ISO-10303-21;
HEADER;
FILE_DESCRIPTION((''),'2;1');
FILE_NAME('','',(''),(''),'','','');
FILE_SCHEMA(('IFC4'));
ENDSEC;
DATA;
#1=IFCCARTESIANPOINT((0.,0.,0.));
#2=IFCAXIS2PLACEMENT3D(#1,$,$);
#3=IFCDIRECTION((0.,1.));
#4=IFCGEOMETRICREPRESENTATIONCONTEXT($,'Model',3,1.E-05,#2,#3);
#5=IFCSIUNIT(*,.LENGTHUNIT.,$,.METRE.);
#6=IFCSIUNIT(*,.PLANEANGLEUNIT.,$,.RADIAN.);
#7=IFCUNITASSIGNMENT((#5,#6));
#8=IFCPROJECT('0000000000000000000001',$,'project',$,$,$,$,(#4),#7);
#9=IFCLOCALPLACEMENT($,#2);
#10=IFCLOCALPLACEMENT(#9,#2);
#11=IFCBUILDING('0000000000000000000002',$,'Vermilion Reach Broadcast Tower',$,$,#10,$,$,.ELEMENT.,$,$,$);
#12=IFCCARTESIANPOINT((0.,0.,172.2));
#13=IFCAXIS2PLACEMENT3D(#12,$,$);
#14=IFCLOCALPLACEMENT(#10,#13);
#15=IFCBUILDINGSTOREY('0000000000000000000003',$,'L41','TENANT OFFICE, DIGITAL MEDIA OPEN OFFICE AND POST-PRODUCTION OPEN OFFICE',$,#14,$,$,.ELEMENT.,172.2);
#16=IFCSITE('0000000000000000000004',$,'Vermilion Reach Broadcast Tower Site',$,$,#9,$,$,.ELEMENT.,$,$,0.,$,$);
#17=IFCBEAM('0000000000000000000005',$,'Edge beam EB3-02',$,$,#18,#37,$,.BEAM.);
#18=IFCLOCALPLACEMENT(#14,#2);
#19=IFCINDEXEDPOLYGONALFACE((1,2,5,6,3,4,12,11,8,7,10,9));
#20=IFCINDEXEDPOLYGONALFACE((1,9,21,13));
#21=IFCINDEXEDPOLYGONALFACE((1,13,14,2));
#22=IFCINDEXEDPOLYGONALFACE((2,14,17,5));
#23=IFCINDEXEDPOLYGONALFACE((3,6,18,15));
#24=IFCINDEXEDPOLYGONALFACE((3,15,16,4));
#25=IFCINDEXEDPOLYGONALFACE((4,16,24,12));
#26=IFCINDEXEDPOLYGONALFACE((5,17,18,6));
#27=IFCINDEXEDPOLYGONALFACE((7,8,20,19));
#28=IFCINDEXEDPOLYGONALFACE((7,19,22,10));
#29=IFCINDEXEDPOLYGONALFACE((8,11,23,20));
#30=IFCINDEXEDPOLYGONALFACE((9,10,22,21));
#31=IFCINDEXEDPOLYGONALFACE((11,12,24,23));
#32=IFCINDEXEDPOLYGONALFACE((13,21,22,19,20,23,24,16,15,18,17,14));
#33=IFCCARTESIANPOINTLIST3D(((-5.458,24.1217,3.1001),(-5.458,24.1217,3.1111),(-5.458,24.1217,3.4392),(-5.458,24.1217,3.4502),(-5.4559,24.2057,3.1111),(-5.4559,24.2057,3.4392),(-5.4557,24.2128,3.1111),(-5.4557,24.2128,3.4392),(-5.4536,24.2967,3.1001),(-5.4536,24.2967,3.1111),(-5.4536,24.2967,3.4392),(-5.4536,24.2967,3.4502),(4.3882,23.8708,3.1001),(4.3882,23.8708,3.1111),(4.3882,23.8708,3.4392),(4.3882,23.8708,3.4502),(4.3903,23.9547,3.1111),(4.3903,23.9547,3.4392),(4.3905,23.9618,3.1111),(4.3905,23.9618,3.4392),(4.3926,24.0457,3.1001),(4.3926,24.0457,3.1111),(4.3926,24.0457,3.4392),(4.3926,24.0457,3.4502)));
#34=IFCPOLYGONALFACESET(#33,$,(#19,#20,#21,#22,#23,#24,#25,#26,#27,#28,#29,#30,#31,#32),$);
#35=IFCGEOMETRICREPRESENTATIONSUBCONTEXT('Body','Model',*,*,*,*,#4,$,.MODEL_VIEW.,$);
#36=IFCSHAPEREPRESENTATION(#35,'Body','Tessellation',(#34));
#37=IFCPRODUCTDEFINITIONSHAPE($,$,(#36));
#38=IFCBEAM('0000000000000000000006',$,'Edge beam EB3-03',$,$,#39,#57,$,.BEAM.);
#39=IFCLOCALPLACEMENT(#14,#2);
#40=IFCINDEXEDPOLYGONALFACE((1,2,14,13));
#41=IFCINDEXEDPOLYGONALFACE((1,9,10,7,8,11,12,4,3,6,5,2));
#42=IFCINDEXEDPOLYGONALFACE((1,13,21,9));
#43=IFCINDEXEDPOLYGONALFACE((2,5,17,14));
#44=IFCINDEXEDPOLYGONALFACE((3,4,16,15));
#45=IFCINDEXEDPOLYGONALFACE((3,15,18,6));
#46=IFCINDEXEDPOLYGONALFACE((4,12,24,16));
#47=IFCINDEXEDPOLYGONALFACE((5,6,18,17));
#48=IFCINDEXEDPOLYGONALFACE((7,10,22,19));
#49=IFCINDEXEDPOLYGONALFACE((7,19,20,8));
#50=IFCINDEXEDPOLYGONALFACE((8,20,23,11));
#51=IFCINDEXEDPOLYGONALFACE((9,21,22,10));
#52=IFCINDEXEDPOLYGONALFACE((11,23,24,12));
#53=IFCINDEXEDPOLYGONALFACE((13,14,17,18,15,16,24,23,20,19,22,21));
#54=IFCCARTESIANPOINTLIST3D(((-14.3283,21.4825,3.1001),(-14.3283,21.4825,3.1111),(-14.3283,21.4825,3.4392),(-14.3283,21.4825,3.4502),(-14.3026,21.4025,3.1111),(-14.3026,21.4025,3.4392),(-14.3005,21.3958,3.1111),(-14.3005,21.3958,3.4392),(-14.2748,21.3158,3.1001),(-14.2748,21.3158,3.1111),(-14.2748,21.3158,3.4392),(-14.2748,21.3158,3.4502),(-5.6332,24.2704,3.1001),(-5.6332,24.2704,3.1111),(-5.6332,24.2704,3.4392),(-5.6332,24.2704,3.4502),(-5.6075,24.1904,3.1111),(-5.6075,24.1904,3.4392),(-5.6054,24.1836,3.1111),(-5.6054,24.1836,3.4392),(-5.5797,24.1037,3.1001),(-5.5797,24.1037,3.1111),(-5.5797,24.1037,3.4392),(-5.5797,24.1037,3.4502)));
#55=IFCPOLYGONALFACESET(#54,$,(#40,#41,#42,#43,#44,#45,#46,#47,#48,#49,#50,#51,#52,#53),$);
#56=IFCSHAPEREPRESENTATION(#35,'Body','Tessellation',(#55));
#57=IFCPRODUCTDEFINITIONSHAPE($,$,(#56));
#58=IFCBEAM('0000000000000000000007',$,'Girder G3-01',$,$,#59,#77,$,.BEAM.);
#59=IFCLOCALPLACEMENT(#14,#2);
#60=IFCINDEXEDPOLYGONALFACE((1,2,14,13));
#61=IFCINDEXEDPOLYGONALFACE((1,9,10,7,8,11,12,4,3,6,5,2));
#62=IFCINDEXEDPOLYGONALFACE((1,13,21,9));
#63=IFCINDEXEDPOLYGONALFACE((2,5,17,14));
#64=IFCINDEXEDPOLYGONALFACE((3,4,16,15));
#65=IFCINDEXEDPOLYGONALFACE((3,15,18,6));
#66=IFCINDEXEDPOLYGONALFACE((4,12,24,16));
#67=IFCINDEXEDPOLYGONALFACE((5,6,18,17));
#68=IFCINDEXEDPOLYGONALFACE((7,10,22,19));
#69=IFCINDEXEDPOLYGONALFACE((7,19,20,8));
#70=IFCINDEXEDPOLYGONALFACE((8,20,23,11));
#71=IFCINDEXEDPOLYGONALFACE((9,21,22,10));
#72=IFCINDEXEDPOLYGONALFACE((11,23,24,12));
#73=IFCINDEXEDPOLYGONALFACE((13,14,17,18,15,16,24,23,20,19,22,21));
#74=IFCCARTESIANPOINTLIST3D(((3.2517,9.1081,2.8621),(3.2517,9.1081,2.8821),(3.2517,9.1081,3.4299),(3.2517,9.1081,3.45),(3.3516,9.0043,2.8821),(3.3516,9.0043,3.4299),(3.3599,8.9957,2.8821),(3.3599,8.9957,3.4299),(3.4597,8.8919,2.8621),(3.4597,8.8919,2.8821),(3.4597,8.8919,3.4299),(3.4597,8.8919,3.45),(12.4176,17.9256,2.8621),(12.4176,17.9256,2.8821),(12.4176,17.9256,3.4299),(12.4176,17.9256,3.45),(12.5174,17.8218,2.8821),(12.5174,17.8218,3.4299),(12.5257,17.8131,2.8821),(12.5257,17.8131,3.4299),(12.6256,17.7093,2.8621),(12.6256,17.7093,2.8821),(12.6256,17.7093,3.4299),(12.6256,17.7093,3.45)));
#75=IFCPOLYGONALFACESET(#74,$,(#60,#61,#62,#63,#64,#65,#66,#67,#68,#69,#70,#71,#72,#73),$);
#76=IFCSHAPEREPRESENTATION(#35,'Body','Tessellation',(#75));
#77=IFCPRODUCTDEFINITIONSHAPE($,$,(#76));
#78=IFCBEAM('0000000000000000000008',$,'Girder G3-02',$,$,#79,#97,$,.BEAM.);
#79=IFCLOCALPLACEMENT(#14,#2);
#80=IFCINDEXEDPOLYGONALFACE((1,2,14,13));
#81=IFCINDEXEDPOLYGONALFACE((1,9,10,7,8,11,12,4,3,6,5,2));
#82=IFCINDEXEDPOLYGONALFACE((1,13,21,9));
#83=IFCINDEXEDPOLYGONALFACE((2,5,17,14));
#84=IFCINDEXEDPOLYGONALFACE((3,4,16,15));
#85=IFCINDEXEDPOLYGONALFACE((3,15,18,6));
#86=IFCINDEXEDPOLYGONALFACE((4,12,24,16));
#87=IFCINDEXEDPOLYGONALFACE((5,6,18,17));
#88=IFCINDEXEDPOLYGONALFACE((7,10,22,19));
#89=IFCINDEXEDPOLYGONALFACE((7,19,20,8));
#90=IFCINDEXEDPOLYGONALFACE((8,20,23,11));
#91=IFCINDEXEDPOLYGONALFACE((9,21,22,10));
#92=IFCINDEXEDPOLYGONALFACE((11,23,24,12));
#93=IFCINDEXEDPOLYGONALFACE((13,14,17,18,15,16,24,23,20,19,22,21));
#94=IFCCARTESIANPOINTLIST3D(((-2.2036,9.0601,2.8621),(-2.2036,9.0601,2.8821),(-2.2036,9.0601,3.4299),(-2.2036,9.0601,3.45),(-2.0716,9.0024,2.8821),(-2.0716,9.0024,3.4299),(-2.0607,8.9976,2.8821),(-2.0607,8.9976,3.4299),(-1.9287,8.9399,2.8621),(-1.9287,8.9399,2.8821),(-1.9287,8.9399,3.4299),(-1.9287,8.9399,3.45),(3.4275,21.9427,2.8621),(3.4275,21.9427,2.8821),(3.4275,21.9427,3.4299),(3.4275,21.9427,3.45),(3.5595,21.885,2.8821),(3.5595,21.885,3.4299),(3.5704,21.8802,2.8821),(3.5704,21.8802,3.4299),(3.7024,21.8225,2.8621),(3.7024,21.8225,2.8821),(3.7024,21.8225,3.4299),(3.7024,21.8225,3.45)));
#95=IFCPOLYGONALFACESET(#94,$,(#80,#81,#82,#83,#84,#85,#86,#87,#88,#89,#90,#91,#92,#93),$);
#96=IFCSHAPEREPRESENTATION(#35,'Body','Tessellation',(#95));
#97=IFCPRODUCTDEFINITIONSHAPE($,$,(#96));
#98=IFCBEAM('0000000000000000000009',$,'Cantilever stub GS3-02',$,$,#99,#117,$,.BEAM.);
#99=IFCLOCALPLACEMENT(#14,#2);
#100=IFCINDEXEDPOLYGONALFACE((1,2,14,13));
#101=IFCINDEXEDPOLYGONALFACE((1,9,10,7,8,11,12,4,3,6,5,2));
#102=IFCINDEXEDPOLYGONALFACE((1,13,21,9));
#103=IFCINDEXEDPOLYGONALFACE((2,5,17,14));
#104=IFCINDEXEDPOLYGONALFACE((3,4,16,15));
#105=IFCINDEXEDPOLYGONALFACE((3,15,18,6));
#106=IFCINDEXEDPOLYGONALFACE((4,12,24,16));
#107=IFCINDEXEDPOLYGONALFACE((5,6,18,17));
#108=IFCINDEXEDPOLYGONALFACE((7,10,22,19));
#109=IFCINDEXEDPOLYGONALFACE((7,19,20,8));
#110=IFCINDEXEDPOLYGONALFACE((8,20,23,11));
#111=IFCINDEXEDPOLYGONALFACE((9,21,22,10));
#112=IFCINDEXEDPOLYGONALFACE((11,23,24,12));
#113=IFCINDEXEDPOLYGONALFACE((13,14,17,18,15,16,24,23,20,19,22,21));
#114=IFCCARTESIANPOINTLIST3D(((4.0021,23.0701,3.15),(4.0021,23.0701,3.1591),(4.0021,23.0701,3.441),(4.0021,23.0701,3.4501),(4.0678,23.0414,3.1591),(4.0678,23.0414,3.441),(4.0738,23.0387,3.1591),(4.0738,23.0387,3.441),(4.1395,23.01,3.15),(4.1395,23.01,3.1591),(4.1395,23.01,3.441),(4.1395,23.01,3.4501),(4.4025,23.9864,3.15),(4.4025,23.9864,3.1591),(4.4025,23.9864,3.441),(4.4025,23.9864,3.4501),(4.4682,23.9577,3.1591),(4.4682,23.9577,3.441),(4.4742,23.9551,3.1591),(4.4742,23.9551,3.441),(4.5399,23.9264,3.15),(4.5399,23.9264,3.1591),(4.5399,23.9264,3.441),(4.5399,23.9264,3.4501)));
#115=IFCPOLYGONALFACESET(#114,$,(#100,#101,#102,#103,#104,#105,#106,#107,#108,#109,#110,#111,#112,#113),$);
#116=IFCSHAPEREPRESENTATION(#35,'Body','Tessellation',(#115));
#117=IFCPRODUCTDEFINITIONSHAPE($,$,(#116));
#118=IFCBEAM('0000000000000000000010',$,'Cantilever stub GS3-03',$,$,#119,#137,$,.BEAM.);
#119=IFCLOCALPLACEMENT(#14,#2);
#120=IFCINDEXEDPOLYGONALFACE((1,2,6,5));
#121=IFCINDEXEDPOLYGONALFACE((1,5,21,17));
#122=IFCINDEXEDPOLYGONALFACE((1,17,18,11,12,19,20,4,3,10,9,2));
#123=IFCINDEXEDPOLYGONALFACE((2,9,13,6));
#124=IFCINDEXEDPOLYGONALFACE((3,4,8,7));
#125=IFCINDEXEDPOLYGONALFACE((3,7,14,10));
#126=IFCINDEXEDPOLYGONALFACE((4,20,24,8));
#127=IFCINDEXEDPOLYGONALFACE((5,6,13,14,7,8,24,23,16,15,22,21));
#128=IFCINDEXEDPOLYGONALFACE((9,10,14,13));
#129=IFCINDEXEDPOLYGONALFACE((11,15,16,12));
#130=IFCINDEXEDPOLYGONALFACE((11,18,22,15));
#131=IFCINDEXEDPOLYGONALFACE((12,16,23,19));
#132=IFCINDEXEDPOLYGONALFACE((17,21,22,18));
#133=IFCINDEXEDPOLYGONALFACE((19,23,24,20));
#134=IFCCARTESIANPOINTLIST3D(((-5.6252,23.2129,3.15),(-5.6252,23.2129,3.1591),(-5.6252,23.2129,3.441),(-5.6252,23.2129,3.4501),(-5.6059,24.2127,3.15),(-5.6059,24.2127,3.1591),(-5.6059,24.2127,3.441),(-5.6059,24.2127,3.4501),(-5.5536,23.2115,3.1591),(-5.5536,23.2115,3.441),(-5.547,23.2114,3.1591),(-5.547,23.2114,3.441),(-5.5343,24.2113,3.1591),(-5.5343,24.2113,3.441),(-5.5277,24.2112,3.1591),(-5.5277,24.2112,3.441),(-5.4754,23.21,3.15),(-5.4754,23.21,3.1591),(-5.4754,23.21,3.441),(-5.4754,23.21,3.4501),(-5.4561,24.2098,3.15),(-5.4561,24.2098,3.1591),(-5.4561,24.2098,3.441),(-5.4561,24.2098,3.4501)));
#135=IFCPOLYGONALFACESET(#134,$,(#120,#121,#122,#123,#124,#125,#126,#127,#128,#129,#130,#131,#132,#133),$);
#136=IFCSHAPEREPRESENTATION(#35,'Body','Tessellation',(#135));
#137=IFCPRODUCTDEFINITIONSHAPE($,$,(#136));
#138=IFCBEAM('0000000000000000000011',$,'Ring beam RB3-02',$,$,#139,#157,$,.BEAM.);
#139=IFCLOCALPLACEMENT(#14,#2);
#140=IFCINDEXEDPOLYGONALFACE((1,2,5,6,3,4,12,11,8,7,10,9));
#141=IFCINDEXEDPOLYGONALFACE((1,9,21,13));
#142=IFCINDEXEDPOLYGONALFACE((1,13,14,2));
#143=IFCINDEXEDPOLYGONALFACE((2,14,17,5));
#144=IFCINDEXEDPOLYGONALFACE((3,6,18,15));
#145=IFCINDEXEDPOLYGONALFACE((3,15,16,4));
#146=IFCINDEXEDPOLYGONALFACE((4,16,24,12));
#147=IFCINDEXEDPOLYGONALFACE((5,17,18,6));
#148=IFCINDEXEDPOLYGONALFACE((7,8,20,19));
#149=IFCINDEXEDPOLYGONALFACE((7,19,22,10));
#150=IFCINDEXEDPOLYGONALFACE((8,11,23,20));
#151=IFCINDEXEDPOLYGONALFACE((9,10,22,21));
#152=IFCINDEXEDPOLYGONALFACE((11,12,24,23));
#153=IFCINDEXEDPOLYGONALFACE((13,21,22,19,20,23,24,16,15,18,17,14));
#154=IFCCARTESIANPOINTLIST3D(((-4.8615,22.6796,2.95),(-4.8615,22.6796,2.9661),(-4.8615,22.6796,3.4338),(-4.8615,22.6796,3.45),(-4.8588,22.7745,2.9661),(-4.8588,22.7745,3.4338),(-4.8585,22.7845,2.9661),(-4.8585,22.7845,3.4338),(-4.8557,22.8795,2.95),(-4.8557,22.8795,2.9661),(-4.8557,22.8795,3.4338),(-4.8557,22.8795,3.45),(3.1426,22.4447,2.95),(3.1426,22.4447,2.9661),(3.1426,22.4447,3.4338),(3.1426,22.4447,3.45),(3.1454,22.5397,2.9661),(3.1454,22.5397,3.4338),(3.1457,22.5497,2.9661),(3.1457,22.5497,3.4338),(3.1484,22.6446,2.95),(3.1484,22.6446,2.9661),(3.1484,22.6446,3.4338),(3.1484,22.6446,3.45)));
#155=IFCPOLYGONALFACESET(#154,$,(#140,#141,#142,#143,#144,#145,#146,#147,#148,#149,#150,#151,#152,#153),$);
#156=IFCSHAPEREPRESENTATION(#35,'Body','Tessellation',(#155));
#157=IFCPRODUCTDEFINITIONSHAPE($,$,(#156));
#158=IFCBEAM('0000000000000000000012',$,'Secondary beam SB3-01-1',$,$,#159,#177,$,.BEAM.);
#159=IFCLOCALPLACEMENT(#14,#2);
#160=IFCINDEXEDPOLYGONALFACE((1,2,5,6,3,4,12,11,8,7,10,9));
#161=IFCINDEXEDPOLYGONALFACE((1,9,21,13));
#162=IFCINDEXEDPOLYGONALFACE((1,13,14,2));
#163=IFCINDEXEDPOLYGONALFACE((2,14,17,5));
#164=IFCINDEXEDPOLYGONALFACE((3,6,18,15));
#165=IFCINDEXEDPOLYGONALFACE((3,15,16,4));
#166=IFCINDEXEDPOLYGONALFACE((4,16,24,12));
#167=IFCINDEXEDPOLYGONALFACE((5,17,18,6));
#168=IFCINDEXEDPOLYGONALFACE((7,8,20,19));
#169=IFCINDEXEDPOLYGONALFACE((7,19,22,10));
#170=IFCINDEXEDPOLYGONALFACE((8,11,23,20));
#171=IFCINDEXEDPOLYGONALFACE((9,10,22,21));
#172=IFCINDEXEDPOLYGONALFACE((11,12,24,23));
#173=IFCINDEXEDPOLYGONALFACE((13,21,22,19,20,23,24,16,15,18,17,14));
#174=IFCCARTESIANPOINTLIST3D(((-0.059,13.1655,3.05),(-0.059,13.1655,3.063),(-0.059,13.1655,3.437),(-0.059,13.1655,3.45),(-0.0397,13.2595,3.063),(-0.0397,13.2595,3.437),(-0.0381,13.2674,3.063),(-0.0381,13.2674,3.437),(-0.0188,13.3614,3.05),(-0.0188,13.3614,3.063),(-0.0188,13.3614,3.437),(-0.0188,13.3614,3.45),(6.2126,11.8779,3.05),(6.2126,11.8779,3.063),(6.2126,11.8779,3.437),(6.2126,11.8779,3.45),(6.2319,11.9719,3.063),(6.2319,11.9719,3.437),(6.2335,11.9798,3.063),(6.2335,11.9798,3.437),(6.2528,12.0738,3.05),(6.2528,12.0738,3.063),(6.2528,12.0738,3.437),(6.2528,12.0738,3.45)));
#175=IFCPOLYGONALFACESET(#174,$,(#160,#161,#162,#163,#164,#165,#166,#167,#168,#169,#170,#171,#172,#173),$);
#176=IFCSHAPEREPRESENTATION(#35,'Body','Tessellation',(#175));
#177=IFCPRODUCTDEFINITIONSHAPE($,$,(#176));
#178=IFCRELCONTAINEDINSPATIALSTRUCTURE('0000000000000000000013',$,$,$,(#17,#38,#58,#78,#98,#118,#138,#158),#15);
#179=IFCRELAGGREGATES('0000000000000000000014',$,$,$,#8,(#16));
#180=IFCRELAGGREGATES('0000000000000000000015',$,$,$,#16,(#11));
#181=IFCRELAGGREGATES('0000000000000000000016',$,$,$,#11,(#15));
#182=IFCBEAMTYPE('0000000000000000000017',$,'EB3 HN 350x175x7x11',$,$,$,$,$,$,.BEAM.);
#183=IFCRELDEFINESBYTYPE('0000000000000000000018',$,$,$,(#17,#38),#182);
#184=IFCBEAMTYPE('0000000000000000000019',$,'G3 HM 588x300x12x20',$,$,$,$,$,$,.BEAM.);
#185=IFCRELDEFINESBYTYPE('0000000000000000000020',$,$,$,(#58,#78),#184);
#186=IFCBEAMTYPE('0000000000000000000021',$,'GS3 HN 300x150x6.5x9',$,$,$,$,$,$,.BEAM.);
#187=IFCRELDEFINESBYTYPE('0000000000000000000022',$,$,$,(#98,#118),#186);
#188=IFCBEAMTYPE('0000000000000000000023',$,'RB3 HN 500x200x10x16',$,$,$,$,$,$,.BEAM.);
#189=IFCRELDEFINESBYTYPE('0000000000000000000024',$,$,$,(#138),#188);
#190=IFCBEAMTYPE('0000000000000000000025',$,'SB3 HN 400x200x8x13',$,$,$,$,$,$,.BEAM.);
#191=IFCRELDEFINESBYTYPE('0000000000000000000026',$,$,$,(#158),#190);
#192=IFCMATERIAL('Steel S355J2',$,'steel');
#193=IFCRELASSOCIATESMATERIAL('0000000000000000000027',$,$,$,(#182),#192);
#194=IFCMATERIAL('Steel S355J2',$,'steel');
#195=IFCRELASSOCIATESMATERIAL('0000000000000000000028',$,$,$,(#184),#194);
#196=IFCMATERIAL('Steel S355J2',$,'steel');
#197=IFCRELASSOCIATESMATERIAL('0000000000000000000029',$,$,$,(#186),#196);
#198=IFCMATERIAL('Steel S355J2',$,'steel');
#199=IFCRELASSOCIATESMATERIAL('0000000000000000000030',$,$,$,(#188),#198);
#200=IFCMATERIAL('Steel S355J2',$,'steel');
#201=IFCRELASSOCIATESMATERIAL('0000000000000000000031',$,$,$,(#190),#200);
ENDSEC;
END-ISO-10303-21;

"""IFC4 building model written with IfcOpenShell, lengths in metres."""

from ifc_helpers import new_model, si_unit, direction, frame, origin, origin_2d, place, context, subcontext, project, spatial, i_section, extrude, material, material_profile, profile_set, type_object, element, save


model = new_model("IFC4")

# Units and contexts
model_context = context("Model", 3, precision=1e-05, world=origin(), true_north=direction((0.0, 1.0)))
body_context = subcontext(model_context, "Body", "Model", "MODEL_VIEW")
ifc_project = project(units=[si_unit("LENGTHUNIT", "METRE"), si_unit("PLANEANGLEUNIT", "RADIAN")], contexts=[model_context])

# Site, building, storey
site_placement = place(None, origin())
site = spatial("IfcSite", under=ifc_project, at=site_placement, Name="Vermilion Reach Broadcast Tower Site", CompositionType="ELEMENT", RefElevation=0.0)
building_placement = place(site_placement, origin())
building = spatial("IfcBuilding", under=site, at=building_placement, Name="Vermilion Reach Broadcast Tower", CompositionType="ELEMENT")
storey_placement = place(building_placement, frame((0.0, 0.0, 172.2)))
storey = spatial("IfcBuildingStorey", under=building, at=storey_placement, Name="L41", Description="TENANT OFFICE, DIGITAL MEDIA OPEN OFFICE AND POST-PRODUCTION OPEN OFFICE", CompositionType="ELEMENT", Elevation=172.2)

# Beams
ifc_material_1 = material(Name="Steel S355J2", Category="steel")
ifc_material_profile_1 = material_profile(ifc_material_1, i_section(OverallWidth=0.175, OverallDepth=0.3501, WebThickness=0.0071, FlangeThickness=0.011, at=origin_2d()), Name="S355J2 HN 350x175x7x11")
ifc_profile_set_1 = profile_set([ifc_material_profile_1], Name="Steel S355J2")
beam_type_1 = type_object("IfcBeamType", Name="EB3 HN 350x175x7x11", PredefinedType="BEAM", material=ifc_profile_set_1)
beam_1_placement = place(storey_placement, frame((4.3904, 23.9583, 3.2751), z_axis=(-0.999675, 0.025481, 0.0), x_axis=(-0.025481, -0.999675, 0.0)))
element("IfcBeam", 1, at=beam_1_placement, inside=storey, type_object=beam_type_1, Name="Edge beam EB3-02", PredefinedType="BEAM", context=body_context, shape_type="SweptSolid", body=[
    extrude(i_section(OverallWidth=0.175, OverallDepth=0.3501, WebThickness=0.0071, FlangeThickness=0.011, at=origin_2d()), origin(), (0.0, 0.0, 1.0), 9.8494),
])
beam_2_placement = place(storey_placement, frame((-5.6064, 24.187, 3.2751), z_axis=(-0.952252, -0.305314, 0.0), x_axis=(0.305314, -0.952252, 0.0)))
element("IfcBeam", 2, at=beam_2_placement, inside=storey, type_object=beam_type_1, Name="Edge beam EB3-03", PredefinedType="BEAM", context=body_context, shape_type="SweptSolid", body=[
    extrude(i_section(OverallWidth=0.175, OverallDepth=0.3501, WebThickness=0.0071, FlangeThickness=0.011, at=origin_2d()), origin(), (0.0, 0.0, 1.0), 9.1311),
])
ifc_material_2 = material(Name="Steel S355J2", Category="steel")
ifc_material_profile_2 = material_profile(ifc_material_2, i_section(OverallWidth=0.3, OverallDepth=0.5879, WebThickness=0.012, FlangeThickness=0.02, at=origin_2d()), Name="S355J2 HM 588x300x12x20")
ifc_profile_set_2 = profile_set([ifc_material_profile_2], Name="Steel S355J2")
beam_type_2 = type_object("IfcBeamType", Name="G3 HM 588x300x12x20", PredefinedType="BEAM", material=ifc_profile_set_2)
beam_3_placement = place(storey_placement, frame((3.3557, 9.0, 3.156), z_axis=(0.72067, 0.693278, 0.0), x_axis=(-0.693278, 0.72067, 0.0)))
element("IfcBeam", 3, at=beam_3_placement, inside=storey, type_object=beam_type_2, Name="Girder G3-01", PredefinedType="BEAM", context=body_context, shape_type="SweptSolid", body=[
    extrude(i_section(OverallWidth=0.3, OverallDepth=0.5879, WebThickness=0.012, FlangeThickness=0.02, at=origin_2d()), origin(), (0.0, 0.0, 1.0), 12.7185),
])
beam_4_placement = place(storey_placement, frame((-2.0662, 9.0, 3.156), z_axis=(0.400519, 0.916288, 0.0), x_axis=(-0.916288, 0.400519, 0.0)))
element("IfcBeam", 4, at=beam_4_placement, inside=storey, type_object=beam_type_2, Name="Girder G3-02", PredefinedType="BEAM", context=body_context, shape_type="SweptSolid", body=[
    extrude(i_section(OverallWidth=0.3, OverallDepth=0.5879, WebThickness=0.012, FlangeThickness=0.02, at=origin_2d()), origin(), (0.0, 0.0, 1.0), 14.0596),
])
ifc_material_3 = material(Name="Steel S355J2", Category="steel")
ifc_material_profile_3 = material_profile(ifc_material_3, i_section(OverallWidth=0.1499, OverallDepth=0.3, WebThickness=0.0066, FlangeThickness=0.009, at=origin_2d()), Name="S355J2 HN 300x150x6.5x9")
ifc_profile_set_3 = profile_set([ifc_material_profile_3], Name="Steel S355J2")
beam_type_3 = type_object("IfcBeamType", Name="GS3 HN 300x150x6.5x9", PredefinedType="BEAM", material=ifc_profile_set_3)
for number, where, z_axis, x_axis, name in (
    (5, (4.0708, 23.04, 3.3), (0.400422, 0.916331, 0.0), (-0.916331, 0.400422, 0.0), "Cantilever stub GS3-02"),
    (6, (-5.5503, 23.2114, 3.3), (0.019288, 0.999814, 0.0), (-0.999814, 0.019288, 0.0), "Cantilever stub GS3-03"),
):
    element("IfcBeam", number, at=place(storey_placement, frame(where, z_axis=z_axis, x_axis=x_axis)), inside=storey, type_object=beam_type_3, Name=name, PredefinedType="BEAM", context=body_context, shape_type="SweptSolid", body=[
        extrude(i_section(OverallWidth=0.1499, OverallDepth=0.3, WebThickness=0.0066, FlangeThickness=0.009, at=origin_2d()), origin(), (0.0, 0.0, 1.0), 1.0),
    ])
ifc_material_4 = material(Name="Steel S355J2", Category="steel")
ifc_material_profile_4 = material_profile(ifc_material_4, i_section(OverallWidth=0.2, OverallDepth=0.5, WebThickness=0.01, FlangeThickness=0.0161, at=origin_2d()), Name="S355J2 HN 500x200x10x16")
ifc_profile_set_4 = profile_set([ifc_material_profile_4], Name="Steel S355J2")
beam_type_4 = type_object("IfcBeamType", Name="RB3 HN 500x200x10x16", PredefinedType="BEAM", material=ifc_profile_set_4)
beam_5_placement = place(storey_placement, frame((3.1455, 22.5447, 3.2), z_axis=(-0.99957, 0.02933, 0.0), x_axis=(-0.02933, -0.99957, 0.0)))
element("IfcBeam", 7, at=beam_5_placement, inside=storey, type_object=beam_type_4, Name="Ring beam RB3-02", PredefinedType="BEAM", context=body_context, shape_type="SweptSolid", body=[
    extrude(i_section(OverallWidth=0.2, OverallDepth=0.5, WebThickness=0.01, FlangeThickness=0.0161, at=origin_2d()), origin(), (0.0, 0.0, 1.0), 8.0076),
])
ifc_material_5 = material(Name="Steel S355J2", Category="steel")
ifc_material_profile_5 = material_profile(ifc_material_5, i_section(OverallWidth=0.2, OverallDepth=0.3999, WebThickness=0.0081, FlangeThickness=0.0129, at=origin_2d()), Name="S355J2 HN 400x200x8x13")
ifc_profile_set_5 = profile_set([ifc_material_profile_5], Name="Steel S355J2")
beam_type_5 = type_object("IfcBeamType", Name="SB3 HN 400x200x8x13", PredefinedType="BEAM", material=ifc_profile_set_5)
beam_6_placement = place(storey_placement, frame((6.2327, 11.9758, 3.25), z_axis=(-0.979568, 0.201115, 0.0), x_axis=(-0.201115, -0.979568, 0.0)))
element("IfcBeam", 8, at=beam_6_placement, inside=storey, type_object=beam_type_5, Name="Secondary beam SB3-01-1", PredefinedType="BEAM", context=body_context, shape_type="SweptSolid", body=[
    extrude(i_section(OverallWidth=0.2, OverallDepth=0.3999, WebThickness=0.0081, FlangeThickness=0.0129, at=origin_2d()), origin(), (0.0, 0.0, 1.0), 6.4023),
])

save(model, "model.ifc")
